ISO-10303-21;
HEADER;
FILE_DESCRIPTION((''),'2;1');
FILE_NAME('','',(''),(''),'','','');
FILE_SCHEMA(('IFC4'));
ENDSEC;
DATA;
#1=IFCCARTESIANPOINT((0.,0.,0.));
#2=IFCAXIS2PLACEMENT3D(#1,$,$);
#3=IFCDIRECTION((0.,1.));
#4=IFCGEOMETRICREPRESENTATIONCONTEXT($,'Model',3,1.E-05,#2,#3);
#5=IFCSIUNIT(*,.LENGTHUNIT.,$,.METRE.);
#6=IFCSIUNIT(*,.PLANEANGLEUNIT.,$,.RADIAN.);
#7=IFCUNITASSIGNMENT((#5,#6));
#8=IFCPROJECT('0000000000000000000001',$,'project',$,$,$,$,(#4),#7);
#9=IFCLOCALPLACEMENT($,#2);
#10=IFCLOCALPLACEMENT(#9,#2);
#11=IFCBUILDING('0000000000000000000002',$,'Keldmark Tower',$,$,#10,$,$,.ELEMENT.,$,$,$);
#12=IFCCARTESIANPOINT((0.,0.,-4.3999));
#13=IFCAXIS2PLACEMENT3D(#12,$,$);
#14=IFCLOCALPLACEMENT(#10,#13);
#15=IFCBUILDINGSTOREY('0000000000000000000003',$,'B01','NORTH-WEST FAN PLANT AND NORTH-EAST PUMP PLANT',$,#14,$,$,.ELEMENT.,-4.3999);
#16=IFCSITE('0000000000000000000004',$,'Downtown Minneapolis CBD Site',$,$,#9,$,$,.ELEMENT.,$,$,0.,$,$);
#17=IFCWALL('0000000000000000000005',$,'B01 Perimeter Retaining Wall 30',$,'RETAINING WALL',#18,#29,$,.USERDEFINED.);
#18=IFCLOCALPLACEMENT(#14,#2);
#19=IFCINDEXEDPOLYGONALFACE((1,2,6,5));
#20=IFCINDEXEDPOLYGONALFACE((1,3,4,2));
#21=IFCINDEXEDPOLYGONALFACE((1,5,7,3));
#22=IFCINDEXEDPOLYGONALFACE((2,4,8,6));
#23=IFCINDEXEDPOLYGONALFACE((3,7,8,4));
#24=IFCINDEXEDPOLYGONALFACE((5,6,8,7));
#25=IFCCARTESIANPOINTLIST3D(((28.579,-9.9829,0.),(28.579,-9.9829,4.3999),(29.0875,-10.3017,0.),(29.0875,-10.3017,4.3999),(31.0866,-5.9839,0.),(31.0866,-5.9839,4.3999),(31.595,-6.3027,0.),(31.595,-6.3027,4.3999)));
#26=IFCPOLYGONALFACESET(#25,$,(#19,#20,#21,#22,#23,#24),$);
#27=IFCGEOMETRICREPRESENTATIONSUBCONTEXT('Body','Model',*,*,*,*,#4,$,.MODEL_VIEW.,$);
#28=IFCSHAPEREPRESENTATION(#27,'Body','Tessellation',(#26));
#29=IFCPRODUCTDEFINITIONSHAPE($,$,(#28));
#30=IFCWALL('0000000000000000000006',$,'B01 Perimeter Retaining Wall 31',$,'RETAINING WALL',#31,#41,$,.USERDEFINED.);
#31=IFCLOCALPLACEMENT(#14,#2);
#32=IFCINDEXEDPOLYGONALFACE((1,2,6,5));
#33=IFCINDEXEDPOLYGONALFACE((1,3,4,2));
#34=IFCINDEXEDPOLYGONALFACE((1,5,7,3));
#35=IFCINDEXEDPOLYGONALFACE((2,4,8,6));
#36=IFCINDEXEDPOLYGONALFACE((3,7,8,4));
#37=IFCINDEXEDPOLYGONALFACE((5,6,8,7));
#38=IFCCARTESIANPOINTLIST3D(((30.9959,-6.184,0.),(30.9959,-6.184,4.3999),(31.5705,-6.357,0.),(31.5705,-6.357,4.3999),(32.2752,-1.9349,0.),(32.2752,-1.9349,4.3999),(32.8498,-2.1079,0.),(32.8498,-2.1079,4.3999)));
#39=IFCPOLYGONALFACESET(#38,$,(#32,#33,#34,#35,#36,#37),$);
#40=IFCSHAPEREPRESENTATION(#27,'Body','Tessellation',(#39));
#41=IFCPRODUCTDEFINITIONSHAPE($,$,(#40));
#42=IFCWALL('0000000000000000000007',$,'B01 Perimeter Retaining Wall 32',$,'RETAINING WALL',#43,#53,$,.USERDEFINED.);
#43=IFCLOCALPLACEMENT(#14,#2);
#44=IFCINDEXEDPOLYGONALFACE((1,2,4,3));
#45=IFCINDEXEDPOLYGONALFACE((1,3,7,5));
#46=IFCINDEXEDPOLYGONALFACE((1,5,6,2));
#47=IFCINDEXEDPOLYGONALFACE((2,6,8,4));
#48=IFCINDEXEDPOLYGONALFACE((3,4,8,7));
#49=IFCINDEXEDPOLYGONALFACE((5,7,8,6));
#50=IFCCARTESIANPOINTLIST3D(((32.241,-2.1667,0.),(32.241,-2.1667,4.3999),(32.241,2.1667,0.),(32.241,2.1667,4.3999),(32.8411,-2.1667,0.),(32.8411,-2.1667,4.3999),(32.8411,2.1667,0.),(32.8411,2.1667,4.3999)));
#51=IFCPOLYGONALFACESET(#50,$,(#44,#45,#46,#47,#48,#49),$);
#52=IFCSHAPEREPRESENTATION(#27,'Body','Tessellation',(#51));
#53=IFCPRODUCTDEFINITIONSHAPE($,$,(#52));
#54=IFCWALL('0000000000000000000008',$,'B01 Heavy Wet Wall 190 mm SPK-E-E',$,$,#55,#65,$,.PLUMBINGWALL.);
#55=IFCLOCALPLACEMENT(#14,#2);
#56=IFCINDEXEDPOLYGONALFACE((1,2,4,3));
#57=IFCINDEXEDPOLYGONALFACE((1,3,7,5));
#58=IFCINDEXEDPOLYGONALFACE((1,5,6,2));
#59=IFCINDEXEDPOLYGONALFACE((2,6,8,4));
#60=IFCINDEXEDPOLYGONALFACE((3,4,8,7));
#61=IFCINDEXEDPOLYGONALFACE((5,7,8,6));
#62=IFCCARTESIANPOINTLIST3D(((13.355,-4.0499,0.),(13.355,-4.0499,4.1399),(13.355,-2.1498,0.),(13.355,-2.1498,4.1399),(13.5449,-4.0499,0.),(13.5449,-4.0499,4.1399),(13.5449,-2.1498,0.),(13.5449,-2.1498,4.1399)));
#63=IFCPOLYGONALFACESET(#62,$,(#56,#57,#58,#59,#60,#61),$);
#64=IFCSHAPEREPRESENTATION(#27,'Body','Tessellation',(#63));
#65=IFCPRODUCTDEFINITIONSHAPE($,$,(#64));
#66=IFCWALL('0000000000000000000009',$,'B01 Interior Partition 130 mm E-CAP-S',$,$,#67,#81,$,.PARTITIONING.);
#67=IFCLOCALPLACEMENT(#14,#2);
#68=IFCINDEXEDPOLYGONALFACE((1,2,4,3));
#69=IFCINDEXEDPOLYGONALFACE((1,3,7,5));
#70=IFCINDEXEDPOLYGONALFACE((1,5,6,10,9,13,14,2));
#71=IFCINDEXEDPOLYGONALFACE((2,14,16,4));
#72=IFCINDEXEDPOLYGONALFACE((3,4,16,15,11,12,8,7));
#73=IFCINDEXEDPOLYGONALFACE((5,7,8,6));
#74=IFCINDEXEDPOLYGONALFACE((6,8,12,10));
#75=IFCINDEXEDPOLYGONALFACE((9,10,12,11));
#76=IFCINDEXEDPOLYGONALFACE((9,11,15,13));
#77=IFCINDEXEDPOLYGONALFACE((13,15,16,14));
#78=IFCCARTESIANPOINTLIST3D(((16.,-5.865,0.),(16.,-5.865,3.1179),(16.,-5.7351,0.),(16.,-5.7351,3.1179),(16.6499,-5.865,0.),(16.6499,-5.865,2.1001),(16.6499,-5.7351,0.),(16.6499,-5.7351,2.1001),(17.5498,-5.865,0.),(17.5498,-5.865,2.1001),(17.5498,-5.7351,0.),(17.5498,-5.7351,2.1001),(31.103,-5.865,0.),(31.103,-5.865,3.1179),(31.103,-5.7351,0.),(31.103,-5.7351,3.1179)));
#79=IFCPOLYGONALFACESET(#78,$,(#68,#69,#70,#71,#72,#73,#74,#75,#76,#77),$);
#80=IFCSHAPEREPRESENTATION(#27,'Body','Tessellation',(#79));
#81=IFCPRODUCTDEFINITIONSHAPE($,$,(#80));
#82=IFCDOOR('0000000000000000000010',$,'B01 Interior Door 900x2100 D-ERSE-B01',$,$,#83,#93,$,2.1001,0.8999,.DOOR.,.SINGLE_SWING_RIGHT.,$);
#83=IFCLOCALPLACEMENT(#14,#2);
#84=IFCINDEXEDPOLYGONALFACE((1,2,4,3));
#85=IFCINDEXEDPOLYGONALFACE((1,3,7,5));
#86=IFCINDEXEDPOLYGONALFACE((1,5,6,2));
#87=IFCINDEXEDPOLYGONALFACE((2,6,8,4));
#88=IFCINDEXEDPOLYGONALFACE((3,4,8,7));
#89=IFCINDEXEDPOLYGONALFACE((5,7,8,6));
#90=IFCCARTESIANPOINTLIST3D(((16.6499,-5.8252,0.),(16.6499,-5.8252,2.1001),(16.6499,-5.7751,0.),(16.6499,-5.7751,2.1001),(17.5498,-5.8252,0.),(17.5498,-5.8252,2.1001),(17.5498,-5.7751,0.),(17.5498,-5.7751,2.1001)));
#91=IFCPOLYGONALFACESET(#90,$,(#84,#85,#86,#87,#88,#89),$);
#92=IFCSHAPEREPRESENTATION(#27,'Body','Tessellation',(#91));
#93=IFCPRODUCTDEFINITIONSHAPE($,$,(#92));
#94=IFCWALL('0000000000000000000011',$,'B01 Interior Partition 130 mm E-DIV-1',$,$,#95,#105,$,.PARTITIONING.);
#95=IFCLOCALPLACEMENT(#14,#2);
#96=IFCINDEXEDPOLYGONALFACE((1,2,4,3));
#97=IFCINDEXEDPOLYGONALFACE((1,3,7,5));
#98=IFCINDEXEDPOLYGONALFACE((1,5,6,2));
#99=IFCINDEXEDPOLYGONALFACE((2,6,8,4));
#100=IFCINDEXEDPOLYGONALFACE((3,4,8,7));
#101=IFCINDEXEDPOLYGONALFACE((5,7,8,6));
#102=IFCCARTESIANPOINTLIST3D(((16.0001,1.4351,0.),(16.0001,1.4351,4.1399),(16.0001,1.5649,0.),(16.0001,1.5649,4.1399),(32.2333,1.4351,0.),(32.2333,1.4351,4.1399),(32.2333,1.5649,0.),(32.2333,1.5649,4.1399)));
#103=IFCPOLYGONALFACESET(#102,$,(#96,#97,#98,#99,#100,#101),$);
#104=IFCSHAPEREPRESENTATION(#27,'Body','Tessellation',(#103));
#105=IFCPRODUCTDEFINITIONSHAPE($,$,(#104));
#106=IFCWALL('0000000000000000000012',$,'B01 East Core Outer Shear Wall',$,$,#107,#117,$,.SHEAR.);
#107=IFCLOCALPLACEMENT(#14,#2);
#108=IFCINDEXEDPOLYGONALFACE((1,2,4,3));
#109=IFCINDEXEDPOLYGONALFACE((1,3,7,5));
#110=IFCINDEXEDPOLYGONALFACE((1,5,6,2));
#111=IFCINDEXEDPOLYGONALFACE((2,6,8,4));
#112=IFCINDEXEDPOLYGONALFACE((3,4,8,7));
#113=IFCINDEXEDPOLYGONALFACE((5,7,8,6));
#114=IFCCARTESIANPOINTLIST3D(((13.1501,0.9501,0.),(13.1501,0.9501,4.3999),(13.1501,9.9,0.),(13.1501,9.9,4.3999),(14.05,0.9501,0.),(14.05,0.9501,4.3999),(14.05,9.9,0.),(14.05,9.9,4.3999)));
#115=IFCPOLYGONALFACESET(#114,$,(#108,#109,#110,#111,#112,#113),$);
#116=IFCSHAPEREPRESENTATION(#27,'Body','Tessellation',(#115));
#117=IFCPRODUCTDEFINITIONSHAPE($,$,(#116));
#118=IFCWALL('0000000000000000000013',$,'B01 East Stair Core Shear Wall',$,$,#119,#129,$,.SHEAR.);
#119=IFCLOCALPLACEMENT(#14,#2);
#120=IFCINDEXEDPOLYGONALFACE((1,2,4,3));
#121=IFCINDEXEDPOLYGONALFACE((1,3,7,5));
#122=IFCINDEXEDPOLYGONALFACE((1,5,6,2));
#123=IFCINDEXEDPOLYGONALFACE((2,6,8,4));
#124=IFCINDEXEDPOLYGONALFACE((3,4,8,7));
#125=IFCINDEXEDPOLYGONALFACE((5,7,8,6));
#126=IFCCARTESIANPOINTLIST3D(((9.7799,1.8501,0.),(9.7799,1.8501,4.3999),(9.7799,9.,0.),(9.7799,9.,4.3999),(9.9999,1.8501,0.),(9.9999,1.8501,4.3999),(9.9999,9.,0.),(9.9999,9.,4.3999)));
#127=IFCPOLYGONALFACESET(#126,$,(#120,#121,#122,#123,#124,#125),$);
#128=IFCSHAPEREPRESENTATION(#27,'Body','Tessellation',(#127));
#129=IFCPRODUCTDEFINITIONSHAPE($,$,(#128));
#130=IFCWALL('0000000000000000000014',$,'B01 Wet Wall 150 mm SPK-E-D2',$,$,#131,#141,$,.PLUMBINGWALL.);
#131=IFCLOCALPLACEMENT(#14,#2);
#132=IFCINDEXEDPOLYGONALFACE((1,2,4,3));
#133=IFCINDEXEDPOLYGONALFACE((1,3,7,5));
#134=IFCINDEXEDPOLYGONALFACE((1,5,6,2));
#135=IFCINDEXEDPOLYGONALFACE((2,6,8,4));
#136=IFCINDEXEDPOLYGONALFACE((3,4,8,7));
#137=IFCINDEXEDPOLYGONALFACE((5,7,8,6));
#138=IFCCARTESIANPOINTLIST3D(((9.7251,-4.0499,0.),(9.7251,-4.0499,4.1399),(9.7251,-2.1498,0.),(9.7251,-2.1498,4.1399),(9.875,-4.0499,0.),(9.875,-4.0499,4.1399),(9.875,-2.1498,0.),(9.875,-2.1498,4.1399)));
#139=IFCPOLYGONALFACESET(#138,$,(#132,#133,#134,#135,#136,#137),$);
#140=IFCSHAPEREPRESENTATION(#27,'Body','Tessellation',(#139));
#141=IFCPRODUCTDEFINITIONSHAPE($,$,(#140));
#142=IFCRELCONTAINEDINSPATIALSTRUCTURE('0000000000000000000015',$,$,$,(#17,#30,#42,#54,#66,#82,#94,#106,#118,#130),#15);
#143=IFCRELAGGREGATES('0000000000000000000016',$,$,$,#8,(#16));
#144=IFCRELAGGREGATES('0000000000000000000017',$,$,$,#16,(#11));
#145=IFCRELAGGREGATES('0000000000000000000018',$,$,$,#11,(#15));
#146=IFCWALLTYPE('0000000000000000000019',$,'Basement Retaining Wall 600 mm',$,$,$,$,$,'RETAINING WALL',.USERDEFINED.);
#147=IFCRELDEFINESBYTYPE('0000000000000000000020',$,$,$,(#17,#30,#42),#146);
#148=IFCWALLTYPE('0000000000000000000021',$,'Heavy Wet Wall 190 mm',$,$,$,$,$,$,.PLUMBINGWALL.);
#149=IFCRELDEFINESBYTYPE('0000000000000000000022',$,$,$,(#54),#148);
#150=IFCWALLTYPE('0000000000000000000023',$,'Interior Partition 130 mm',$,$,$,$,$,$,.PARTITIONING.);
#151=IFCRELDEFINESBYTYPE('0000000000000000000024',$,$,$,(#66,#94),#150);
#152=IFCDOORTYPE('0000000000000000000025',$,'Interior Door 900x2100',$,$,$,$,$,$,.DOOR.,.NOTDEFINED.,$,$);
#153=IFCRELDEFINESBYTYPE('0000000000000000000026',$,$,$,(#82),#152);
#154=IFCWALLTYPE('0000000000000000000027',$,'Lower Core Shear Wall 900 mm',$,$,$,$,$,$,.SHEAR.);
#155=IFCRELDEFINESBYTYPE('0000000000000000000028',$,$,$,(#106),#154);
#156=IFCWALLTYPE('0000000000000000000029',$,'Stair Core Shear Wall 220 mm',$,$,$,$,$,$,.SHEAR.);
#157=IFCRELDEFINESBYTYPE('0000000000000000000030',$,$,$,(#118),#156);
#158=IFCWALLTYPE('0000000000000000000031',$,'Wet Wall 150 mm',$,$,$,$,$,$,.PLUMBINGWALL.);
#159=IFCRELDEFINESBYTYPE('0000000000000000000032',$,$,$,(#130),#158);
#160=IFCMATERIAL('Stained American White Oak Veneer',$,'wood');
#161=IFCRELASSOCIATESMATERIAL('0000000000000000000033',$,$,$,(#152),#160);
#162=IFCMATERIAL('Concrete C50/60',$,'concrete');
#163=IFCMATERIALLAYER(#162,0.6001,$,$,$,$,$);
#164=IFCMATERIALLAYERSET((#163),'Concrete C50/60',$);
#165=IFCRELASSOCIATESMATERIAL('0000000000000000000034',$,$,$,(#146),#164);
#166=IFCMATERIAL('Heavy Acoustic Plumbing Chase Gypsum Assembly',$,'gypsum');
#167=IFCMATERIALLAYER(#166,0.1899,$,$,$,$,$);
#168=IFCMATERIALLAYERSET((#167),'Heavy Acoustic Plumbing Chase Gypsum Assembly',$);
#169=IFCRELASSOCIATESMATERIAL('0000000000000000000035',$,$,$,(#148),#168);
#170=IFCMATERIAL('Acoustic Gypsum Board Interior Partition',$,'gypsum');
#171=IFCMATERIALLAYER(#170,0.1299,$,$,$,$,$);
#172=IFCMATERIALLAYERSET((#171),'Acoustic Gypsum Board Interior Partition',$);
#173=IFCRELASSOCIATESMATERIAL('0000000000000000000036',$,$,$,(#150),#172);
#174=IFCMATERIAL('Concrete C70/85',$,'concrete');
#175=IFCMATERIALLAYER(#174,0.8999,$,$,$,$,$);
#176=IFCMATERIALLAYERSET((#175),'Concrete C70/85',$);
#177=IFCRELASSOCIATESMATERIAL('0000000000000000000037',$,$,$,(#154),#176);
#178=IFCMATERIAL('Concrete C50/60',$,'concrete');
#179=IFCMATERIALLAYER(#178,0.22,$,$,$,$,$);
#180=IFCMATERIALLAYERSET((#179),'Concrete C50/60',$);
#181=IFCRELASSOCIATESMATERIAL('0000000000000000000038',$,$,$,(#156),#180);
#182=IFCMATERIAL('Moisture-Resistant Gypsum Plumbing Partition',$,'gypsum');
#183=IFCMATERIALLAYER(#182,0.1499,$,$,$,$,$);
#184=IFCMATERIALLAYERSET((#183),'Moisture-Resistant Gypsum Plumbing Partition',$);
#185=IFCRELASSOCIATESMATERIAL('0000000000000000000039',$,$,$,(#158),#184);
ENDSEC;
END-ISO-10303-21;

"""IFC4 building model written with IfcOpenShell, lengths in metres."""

from ifc_helpers import new_model, si_unit, direction, frame, frame_2d, origin, place, context, subcontext, project, spatial, rectangle, extrude, material, layer, layer_set, type_object, element, fill, save


model = new_model("IFC4")

# Units and contexts
model_context = context("Model", 3, precision=1e-05, world=origin(), true_north=direction((0.0, 1.0)))
body_context = subcontext(model_context, "Body", "Model", "MODEL_VIEW")
ifc_project = project(units=[si_unit("LENGTHUNIT", "METRE"), si_unit("PLANEANGLEUNIT", "RADIAN")], contexts=[model_context])

# Site, building, storey
site_placement = place(None, origin())
site = spatial("IfcSite", under=ifc_project, at=site_placement, Name="Downtown Minneapolis CBD Site", CompositionType="ELEMENT", RefElevation=0.0)
building_placement = place(site_placement, origin())
building = spatial("IfcBuilding", under=site, at=building_placement, Name="Keldmark Tower", CompositionType="ELEMENT")
storey_placement = place(building_placement, frame((0.0, 0.0, -4.3999)))
storey = spatial("IfcBuildingStorey", under=building, at=storey_placement, Name="B01", Description="NORTH-WEST FAN PLANT AND NORTH-EAST PUMP PLANT", CompositionType="ELEMENT", Elevation=-4.3999)

# Shared definitions
ifc_material_1 = material(Name="Stained American White Oak Veneer", Category="wood")
door_type_1 = type_object("IfcDoorType", Name="Interior Door 900x2100", OperationType="NOTDEFINED", PredefinedType="DOOR", material=ifc_material_1)

# Walls
ifc_material_2 = material(Name="Concrete C50/60", Category="concrete")
ifc_layer_1 = layer(ifc_material_2, 0.6001)
ifc_layer_set_1 = layer_set([ifc_layer_1], Name="Concrete C50/60")
wall_type_1 = type_object("IfcWallType", Name="Basement Retaining Wall 600 mm", ElementType="RETAINING WALL", PredefinedType="USERDEFINED", material=ifc_layer_set_1)
wall_1_placement = place(storey_placement, frame((28.8333, -10.1423, 0.0), z_axis=(0.0, 0.0, 1.0), x_axis=(0.531244, 0.847219, 0.0)))
element("IfcWall", 1, at=wall_1_placement, inside=storey, type_object=wall_type_1, Name="B01 Perimeter Retaining Wall 30", ObjectType="RETAINING WALL", PredefinedType="USERDEFINED", context=body_context, shape_type="SweptSolid", body=[
    extrude(rectangle(XDim=4.7202, YDim=0.6001, at=frame_2d((2.3601, 0.0))), origin(), (0.0, 0.0, 1.0), 4.3999),
])
wall_2_placement = place(storey_placement, frame((31.2832, -6.2705, 0.0), z_axis=(0.0, 0.0, 1.0), x_axis=(0.288297, 0.957541, 0.0)))
element("IfcWall", 2, at=wall_2_placement, inside=storey, type_object=wall_type_1, Name="B01 Perimeter Retaining Wall 31", ObjectType="RETAINING WALL", PredefinedType="USERDEFINED", context=body_context, shape_type="SweptSolid", body=[
    extrude(rectangle(XDim=4.4375, YDim=0.6001, at=frame_2d((2.2188, 0.0))), origin(), (0.0, 0.0, 1.0), 4.3999),
])
wall_3_placement = place(storey_placement, frame((32.541, -2.1667, 0.0), z_axis=(0.0, 0.0, 1.0), x_axis=(0.0, 1.0, 0.0)))
element("IfcWall", 3, at=wall_3_placement, inside=storey, type_object=wall_type_1, Name="B01 Perimeter Retaining Wall 32", ObjectType="RETAINING WALL", PredefinedType="USERDEFINED", context=body_context, shape_type="SweptSolid", body=[
    extrude(rectangle(XDim=4.3335, YDim=0.6001, at=frame_2d((2.1667, 0.0))), origin(), (0.0, 0.0, 1.0), 4.3999),
])
ifc_material_3 = material(Name="Heavy Acoustic Plumbing Chase Gypsum Assembly", Category="gypsum")
ifc_layer_2 = layer(ifc_material_3, 0.1899)
ifc_layer_set_2 = layer_set([ifc_layer_2], Name="Heavy Acoustic Plumbing Chase Gypsum Assembly")
wall_type_2 = type_object("IfcWallType", Name="Heavy Wet Wall 190 mm", PredefinedType="PLUMBINGWALL", material=ifc_layer_set_2)
wall_4_placement = place(storey_placement, frame((13.45, -4.05, 0.0), z_axis=(0.0, 0.0, 1.0), x_axis=(0.0, 1.0, 0.0)))
element("IfcWall", 4, at=wall_4_placement, inside=storey, type_object=wall_type_2, Name="B01 Heavy Wet Wall 190 mm SPK-E-E", PredefinedType="PLUMBINGWALL", context=body_context, shape_type="SweptSolid", body=[
    extrude(rectangle(XDim=1.9001, YDim=0.1899, at=frame_2d((0.9502, 0.0))), origin(), (0.0, 0.0, 1.0), 4.1399),
])

# Wall, opening, door
ifc_material_4 = material(Name="Acoustic Gypsum Board Interior Partition", Category="gypsum")
ifc_layer_3 = layer(ifc_material_4, 0.1299)
ifc_layer_set_3 = layer_set([ifc_layer_3], Name="Acoustic Gypsum Board Interior Partition")
wall_type_3 = type_object("IfcWallType", Name="Interior Partition 130 mm", PredefinedType="PARTITIONING", material=ifc_layer_set_3)
wall_5_placement = place(storey_placement, frame((16.0, -5.8, 0.0), z_axis=(0.0, 0.0, 1.0), x_axis=(1.0, 0.0, 0.0)))
wall_5 = element("IfcWall", 5, at=wall_5_placement, inside=storey, type_object=wall_type_3, Name="B01 Interior Partition 130 mm E-CAP-S", PredefinedType="PARTITIONING", context=body_context, shape_type="SweptSolid", body=[
    extrude(rectangle(XDim=15.103, YDim=0.1299, at=frame_2d((7.5515, 0.0))), origin(), (0.0, 0.0, 1.0), 3.1179),
])
opening_1_placement = place(wall_5_placement, frame((0.6499, 0.0, 0.0)))
opening_1 = element("IfcOpeningElement", 6, at=opening_1_placement, cuts=wall_5, PredefinedType="OPENING", context=body_context, shape_type="SweptSolid", body=[
    extrude(rectangle(XDim=0.8999, YDim=2.1001, at=frame_2d((0.45, 1.05))), frame((0.0, 0.075, 0.0), z_axis=(0.0, -1.0, 0.0), x_axis=(1.0, 0.0, 0.0)), (0.0, 0.0, 1.0), 0.1499),
])
door_1_placement = place(opening_1_placement, origin())
door_1 = element("IfcDoor", 7, at=door_1_placement, inside=storey, type_object=door_type_1, Name="B01 Interior Door 900x2100 D-ERSE-B01", OperationType="SINGLE_SWING_RIGHT", OverallHeight=2.1001, OverallWidth=0.8999, PredefinedType="DOOR", context=body_context, shape_type="SweptSolid", body=[
    extrude(rectangle(XDim=0.8999, YDim=2.1001, at=frame_2d((0.45, 1.05))), frame((0.0, 0.0249, 0.0), z_axis=(0.0, -1.0, 0.0), x_axis=(1.0, 0.0, 0.0)), (0.0, 0.0, 1.0), 0.05),
])
fill(opening_1, door_1)

# Walls
wall_6_placement = place(storey_placement, frame((16.0, 1.5, 0.0), z_axis=(0.0, 0.0, 1.0), x_axis=(1.0, 0.0, 0.0)))
element("IfcWall", 8, at=wall_6_placement, inside=storey, type_object=wall_type_3, Name="B01 Interior Partition 130 mm E-DIV-1", PredefinedType="PARTITIONING", context=body_context, shape_type="SweptSolid", body=[
    extrude(rectangle(XDim=16.2332, YDim=0.1299, at=frame_2d((8.1167, 0.0))), origin(), (0.0, 0.0, 1.0), 4.1399),
])
ifc_material_5 = material(Name="Concrete C70/85", Category="concrete")
ifc_layer_4 = layer(ifc_material_5, 0.8999)
ifc_layer_set_4 = layer_set([ifc_layer_4], Name="Concrete C70/85")
wall_type_4 = type_object("IfcWallType", Name="Lower Core Shear Wall 900 mm", PredefinedType="SHEAR", material=ifc_layer_set_4)
wall_7_placement = place(storey_placement, frame((13.6001, 0.95, 0.0), z_axis=(0.0, 0.0, 1.0), x_axis=(0.0, 1.0, 0.0)))
element("IfcWall", 9, at=wall_7_placement, inside=storey, type_object=wall_type_4, Name="B01 East Core Outer Shear Wall", PredefinedType="SHEAR", context=body_context, shape_type="SweptSolid", body=[
    extrude(rectangle(XDim=8.95, YDim=0.8999, at=frame_2d((4.4751, 0.0))), origin(), (0.0, 0.0, 1.0), 4.3999),
])

# Walls
ifc_material_6 = material(Name="Concrete C50/60", Category="concrete")
ifc_layer_5 = layer(ifc_material_6, 0.22)
ifc_layer_set_5 = layer_set([ifc_layer_5], Name="Concrete C50/60")
wall_type_5 = type_object("IfcWallType", Name="Stair Core Shear Wall 220 mm", PredefinedType="SHEAR", material=ifc_layer_set_5)
wall_8_placement = place(storey_placement, frame((9.8899, 1.8501, 0.0), z_axis=(0.0, 0.0, 1.0), x_axis=(0.0, 1.0, 0.0)))
element("IfcWall", 10, at=wall_8_placement, inside=storey, type_object=wall_type_5, Name="B01 East Stair Core Shear Wall", PredefinedType="SHEAR", context=body_context, shape_type="SweptSolid", body=[
    extrude(rectangle(XDim=7.1499, YDim=0.22, at=frame_2d((3.575, 0.0))), origin(), (0.0, 0.0, 1.0), 4.3999),
])
ifc_material_7 = material(Name="Moisture-Resistant Gypsum Plumbing Partition", Category="gypsum")
ifc_layer_6 = layer(ifc_material_7, 0.1499)
ifc_layer_set_6 = layer_set([ifc_layer_6], Name="Moisture-Resistant Gypsum Plumbing Partition")
wall_type_6 = type_object("IfcWallType", Name="Wet Wall 150 mm", PredefinedType="PLUMBINGWALL", material=ifc_layer_set_6)
wall_9_placement = place(storey_placement, frame((9.8, -4.05, 0.0), z_axis=(0.0, 0.0, 1.0), x_axis=(0.0, 1.0, 0.0)))
element("IfcWall", 11, at=wall_9_placement, inside=storey, type_object=wall_type_6, Name="B01 Wet Wall 150 mm SPK-E-D2", PredefinedType="PLUMBINGWALL", context=body_context, shape_type="SweptSolid", body=[
    extrude(rectangle(XDim=1.9001, YDim=0.1499, at=frame_2d((0.9502, 0.0))), origin(), (0.0, 0.0, 1.0), 4.1399),
])

save(model, "model.ifc")
